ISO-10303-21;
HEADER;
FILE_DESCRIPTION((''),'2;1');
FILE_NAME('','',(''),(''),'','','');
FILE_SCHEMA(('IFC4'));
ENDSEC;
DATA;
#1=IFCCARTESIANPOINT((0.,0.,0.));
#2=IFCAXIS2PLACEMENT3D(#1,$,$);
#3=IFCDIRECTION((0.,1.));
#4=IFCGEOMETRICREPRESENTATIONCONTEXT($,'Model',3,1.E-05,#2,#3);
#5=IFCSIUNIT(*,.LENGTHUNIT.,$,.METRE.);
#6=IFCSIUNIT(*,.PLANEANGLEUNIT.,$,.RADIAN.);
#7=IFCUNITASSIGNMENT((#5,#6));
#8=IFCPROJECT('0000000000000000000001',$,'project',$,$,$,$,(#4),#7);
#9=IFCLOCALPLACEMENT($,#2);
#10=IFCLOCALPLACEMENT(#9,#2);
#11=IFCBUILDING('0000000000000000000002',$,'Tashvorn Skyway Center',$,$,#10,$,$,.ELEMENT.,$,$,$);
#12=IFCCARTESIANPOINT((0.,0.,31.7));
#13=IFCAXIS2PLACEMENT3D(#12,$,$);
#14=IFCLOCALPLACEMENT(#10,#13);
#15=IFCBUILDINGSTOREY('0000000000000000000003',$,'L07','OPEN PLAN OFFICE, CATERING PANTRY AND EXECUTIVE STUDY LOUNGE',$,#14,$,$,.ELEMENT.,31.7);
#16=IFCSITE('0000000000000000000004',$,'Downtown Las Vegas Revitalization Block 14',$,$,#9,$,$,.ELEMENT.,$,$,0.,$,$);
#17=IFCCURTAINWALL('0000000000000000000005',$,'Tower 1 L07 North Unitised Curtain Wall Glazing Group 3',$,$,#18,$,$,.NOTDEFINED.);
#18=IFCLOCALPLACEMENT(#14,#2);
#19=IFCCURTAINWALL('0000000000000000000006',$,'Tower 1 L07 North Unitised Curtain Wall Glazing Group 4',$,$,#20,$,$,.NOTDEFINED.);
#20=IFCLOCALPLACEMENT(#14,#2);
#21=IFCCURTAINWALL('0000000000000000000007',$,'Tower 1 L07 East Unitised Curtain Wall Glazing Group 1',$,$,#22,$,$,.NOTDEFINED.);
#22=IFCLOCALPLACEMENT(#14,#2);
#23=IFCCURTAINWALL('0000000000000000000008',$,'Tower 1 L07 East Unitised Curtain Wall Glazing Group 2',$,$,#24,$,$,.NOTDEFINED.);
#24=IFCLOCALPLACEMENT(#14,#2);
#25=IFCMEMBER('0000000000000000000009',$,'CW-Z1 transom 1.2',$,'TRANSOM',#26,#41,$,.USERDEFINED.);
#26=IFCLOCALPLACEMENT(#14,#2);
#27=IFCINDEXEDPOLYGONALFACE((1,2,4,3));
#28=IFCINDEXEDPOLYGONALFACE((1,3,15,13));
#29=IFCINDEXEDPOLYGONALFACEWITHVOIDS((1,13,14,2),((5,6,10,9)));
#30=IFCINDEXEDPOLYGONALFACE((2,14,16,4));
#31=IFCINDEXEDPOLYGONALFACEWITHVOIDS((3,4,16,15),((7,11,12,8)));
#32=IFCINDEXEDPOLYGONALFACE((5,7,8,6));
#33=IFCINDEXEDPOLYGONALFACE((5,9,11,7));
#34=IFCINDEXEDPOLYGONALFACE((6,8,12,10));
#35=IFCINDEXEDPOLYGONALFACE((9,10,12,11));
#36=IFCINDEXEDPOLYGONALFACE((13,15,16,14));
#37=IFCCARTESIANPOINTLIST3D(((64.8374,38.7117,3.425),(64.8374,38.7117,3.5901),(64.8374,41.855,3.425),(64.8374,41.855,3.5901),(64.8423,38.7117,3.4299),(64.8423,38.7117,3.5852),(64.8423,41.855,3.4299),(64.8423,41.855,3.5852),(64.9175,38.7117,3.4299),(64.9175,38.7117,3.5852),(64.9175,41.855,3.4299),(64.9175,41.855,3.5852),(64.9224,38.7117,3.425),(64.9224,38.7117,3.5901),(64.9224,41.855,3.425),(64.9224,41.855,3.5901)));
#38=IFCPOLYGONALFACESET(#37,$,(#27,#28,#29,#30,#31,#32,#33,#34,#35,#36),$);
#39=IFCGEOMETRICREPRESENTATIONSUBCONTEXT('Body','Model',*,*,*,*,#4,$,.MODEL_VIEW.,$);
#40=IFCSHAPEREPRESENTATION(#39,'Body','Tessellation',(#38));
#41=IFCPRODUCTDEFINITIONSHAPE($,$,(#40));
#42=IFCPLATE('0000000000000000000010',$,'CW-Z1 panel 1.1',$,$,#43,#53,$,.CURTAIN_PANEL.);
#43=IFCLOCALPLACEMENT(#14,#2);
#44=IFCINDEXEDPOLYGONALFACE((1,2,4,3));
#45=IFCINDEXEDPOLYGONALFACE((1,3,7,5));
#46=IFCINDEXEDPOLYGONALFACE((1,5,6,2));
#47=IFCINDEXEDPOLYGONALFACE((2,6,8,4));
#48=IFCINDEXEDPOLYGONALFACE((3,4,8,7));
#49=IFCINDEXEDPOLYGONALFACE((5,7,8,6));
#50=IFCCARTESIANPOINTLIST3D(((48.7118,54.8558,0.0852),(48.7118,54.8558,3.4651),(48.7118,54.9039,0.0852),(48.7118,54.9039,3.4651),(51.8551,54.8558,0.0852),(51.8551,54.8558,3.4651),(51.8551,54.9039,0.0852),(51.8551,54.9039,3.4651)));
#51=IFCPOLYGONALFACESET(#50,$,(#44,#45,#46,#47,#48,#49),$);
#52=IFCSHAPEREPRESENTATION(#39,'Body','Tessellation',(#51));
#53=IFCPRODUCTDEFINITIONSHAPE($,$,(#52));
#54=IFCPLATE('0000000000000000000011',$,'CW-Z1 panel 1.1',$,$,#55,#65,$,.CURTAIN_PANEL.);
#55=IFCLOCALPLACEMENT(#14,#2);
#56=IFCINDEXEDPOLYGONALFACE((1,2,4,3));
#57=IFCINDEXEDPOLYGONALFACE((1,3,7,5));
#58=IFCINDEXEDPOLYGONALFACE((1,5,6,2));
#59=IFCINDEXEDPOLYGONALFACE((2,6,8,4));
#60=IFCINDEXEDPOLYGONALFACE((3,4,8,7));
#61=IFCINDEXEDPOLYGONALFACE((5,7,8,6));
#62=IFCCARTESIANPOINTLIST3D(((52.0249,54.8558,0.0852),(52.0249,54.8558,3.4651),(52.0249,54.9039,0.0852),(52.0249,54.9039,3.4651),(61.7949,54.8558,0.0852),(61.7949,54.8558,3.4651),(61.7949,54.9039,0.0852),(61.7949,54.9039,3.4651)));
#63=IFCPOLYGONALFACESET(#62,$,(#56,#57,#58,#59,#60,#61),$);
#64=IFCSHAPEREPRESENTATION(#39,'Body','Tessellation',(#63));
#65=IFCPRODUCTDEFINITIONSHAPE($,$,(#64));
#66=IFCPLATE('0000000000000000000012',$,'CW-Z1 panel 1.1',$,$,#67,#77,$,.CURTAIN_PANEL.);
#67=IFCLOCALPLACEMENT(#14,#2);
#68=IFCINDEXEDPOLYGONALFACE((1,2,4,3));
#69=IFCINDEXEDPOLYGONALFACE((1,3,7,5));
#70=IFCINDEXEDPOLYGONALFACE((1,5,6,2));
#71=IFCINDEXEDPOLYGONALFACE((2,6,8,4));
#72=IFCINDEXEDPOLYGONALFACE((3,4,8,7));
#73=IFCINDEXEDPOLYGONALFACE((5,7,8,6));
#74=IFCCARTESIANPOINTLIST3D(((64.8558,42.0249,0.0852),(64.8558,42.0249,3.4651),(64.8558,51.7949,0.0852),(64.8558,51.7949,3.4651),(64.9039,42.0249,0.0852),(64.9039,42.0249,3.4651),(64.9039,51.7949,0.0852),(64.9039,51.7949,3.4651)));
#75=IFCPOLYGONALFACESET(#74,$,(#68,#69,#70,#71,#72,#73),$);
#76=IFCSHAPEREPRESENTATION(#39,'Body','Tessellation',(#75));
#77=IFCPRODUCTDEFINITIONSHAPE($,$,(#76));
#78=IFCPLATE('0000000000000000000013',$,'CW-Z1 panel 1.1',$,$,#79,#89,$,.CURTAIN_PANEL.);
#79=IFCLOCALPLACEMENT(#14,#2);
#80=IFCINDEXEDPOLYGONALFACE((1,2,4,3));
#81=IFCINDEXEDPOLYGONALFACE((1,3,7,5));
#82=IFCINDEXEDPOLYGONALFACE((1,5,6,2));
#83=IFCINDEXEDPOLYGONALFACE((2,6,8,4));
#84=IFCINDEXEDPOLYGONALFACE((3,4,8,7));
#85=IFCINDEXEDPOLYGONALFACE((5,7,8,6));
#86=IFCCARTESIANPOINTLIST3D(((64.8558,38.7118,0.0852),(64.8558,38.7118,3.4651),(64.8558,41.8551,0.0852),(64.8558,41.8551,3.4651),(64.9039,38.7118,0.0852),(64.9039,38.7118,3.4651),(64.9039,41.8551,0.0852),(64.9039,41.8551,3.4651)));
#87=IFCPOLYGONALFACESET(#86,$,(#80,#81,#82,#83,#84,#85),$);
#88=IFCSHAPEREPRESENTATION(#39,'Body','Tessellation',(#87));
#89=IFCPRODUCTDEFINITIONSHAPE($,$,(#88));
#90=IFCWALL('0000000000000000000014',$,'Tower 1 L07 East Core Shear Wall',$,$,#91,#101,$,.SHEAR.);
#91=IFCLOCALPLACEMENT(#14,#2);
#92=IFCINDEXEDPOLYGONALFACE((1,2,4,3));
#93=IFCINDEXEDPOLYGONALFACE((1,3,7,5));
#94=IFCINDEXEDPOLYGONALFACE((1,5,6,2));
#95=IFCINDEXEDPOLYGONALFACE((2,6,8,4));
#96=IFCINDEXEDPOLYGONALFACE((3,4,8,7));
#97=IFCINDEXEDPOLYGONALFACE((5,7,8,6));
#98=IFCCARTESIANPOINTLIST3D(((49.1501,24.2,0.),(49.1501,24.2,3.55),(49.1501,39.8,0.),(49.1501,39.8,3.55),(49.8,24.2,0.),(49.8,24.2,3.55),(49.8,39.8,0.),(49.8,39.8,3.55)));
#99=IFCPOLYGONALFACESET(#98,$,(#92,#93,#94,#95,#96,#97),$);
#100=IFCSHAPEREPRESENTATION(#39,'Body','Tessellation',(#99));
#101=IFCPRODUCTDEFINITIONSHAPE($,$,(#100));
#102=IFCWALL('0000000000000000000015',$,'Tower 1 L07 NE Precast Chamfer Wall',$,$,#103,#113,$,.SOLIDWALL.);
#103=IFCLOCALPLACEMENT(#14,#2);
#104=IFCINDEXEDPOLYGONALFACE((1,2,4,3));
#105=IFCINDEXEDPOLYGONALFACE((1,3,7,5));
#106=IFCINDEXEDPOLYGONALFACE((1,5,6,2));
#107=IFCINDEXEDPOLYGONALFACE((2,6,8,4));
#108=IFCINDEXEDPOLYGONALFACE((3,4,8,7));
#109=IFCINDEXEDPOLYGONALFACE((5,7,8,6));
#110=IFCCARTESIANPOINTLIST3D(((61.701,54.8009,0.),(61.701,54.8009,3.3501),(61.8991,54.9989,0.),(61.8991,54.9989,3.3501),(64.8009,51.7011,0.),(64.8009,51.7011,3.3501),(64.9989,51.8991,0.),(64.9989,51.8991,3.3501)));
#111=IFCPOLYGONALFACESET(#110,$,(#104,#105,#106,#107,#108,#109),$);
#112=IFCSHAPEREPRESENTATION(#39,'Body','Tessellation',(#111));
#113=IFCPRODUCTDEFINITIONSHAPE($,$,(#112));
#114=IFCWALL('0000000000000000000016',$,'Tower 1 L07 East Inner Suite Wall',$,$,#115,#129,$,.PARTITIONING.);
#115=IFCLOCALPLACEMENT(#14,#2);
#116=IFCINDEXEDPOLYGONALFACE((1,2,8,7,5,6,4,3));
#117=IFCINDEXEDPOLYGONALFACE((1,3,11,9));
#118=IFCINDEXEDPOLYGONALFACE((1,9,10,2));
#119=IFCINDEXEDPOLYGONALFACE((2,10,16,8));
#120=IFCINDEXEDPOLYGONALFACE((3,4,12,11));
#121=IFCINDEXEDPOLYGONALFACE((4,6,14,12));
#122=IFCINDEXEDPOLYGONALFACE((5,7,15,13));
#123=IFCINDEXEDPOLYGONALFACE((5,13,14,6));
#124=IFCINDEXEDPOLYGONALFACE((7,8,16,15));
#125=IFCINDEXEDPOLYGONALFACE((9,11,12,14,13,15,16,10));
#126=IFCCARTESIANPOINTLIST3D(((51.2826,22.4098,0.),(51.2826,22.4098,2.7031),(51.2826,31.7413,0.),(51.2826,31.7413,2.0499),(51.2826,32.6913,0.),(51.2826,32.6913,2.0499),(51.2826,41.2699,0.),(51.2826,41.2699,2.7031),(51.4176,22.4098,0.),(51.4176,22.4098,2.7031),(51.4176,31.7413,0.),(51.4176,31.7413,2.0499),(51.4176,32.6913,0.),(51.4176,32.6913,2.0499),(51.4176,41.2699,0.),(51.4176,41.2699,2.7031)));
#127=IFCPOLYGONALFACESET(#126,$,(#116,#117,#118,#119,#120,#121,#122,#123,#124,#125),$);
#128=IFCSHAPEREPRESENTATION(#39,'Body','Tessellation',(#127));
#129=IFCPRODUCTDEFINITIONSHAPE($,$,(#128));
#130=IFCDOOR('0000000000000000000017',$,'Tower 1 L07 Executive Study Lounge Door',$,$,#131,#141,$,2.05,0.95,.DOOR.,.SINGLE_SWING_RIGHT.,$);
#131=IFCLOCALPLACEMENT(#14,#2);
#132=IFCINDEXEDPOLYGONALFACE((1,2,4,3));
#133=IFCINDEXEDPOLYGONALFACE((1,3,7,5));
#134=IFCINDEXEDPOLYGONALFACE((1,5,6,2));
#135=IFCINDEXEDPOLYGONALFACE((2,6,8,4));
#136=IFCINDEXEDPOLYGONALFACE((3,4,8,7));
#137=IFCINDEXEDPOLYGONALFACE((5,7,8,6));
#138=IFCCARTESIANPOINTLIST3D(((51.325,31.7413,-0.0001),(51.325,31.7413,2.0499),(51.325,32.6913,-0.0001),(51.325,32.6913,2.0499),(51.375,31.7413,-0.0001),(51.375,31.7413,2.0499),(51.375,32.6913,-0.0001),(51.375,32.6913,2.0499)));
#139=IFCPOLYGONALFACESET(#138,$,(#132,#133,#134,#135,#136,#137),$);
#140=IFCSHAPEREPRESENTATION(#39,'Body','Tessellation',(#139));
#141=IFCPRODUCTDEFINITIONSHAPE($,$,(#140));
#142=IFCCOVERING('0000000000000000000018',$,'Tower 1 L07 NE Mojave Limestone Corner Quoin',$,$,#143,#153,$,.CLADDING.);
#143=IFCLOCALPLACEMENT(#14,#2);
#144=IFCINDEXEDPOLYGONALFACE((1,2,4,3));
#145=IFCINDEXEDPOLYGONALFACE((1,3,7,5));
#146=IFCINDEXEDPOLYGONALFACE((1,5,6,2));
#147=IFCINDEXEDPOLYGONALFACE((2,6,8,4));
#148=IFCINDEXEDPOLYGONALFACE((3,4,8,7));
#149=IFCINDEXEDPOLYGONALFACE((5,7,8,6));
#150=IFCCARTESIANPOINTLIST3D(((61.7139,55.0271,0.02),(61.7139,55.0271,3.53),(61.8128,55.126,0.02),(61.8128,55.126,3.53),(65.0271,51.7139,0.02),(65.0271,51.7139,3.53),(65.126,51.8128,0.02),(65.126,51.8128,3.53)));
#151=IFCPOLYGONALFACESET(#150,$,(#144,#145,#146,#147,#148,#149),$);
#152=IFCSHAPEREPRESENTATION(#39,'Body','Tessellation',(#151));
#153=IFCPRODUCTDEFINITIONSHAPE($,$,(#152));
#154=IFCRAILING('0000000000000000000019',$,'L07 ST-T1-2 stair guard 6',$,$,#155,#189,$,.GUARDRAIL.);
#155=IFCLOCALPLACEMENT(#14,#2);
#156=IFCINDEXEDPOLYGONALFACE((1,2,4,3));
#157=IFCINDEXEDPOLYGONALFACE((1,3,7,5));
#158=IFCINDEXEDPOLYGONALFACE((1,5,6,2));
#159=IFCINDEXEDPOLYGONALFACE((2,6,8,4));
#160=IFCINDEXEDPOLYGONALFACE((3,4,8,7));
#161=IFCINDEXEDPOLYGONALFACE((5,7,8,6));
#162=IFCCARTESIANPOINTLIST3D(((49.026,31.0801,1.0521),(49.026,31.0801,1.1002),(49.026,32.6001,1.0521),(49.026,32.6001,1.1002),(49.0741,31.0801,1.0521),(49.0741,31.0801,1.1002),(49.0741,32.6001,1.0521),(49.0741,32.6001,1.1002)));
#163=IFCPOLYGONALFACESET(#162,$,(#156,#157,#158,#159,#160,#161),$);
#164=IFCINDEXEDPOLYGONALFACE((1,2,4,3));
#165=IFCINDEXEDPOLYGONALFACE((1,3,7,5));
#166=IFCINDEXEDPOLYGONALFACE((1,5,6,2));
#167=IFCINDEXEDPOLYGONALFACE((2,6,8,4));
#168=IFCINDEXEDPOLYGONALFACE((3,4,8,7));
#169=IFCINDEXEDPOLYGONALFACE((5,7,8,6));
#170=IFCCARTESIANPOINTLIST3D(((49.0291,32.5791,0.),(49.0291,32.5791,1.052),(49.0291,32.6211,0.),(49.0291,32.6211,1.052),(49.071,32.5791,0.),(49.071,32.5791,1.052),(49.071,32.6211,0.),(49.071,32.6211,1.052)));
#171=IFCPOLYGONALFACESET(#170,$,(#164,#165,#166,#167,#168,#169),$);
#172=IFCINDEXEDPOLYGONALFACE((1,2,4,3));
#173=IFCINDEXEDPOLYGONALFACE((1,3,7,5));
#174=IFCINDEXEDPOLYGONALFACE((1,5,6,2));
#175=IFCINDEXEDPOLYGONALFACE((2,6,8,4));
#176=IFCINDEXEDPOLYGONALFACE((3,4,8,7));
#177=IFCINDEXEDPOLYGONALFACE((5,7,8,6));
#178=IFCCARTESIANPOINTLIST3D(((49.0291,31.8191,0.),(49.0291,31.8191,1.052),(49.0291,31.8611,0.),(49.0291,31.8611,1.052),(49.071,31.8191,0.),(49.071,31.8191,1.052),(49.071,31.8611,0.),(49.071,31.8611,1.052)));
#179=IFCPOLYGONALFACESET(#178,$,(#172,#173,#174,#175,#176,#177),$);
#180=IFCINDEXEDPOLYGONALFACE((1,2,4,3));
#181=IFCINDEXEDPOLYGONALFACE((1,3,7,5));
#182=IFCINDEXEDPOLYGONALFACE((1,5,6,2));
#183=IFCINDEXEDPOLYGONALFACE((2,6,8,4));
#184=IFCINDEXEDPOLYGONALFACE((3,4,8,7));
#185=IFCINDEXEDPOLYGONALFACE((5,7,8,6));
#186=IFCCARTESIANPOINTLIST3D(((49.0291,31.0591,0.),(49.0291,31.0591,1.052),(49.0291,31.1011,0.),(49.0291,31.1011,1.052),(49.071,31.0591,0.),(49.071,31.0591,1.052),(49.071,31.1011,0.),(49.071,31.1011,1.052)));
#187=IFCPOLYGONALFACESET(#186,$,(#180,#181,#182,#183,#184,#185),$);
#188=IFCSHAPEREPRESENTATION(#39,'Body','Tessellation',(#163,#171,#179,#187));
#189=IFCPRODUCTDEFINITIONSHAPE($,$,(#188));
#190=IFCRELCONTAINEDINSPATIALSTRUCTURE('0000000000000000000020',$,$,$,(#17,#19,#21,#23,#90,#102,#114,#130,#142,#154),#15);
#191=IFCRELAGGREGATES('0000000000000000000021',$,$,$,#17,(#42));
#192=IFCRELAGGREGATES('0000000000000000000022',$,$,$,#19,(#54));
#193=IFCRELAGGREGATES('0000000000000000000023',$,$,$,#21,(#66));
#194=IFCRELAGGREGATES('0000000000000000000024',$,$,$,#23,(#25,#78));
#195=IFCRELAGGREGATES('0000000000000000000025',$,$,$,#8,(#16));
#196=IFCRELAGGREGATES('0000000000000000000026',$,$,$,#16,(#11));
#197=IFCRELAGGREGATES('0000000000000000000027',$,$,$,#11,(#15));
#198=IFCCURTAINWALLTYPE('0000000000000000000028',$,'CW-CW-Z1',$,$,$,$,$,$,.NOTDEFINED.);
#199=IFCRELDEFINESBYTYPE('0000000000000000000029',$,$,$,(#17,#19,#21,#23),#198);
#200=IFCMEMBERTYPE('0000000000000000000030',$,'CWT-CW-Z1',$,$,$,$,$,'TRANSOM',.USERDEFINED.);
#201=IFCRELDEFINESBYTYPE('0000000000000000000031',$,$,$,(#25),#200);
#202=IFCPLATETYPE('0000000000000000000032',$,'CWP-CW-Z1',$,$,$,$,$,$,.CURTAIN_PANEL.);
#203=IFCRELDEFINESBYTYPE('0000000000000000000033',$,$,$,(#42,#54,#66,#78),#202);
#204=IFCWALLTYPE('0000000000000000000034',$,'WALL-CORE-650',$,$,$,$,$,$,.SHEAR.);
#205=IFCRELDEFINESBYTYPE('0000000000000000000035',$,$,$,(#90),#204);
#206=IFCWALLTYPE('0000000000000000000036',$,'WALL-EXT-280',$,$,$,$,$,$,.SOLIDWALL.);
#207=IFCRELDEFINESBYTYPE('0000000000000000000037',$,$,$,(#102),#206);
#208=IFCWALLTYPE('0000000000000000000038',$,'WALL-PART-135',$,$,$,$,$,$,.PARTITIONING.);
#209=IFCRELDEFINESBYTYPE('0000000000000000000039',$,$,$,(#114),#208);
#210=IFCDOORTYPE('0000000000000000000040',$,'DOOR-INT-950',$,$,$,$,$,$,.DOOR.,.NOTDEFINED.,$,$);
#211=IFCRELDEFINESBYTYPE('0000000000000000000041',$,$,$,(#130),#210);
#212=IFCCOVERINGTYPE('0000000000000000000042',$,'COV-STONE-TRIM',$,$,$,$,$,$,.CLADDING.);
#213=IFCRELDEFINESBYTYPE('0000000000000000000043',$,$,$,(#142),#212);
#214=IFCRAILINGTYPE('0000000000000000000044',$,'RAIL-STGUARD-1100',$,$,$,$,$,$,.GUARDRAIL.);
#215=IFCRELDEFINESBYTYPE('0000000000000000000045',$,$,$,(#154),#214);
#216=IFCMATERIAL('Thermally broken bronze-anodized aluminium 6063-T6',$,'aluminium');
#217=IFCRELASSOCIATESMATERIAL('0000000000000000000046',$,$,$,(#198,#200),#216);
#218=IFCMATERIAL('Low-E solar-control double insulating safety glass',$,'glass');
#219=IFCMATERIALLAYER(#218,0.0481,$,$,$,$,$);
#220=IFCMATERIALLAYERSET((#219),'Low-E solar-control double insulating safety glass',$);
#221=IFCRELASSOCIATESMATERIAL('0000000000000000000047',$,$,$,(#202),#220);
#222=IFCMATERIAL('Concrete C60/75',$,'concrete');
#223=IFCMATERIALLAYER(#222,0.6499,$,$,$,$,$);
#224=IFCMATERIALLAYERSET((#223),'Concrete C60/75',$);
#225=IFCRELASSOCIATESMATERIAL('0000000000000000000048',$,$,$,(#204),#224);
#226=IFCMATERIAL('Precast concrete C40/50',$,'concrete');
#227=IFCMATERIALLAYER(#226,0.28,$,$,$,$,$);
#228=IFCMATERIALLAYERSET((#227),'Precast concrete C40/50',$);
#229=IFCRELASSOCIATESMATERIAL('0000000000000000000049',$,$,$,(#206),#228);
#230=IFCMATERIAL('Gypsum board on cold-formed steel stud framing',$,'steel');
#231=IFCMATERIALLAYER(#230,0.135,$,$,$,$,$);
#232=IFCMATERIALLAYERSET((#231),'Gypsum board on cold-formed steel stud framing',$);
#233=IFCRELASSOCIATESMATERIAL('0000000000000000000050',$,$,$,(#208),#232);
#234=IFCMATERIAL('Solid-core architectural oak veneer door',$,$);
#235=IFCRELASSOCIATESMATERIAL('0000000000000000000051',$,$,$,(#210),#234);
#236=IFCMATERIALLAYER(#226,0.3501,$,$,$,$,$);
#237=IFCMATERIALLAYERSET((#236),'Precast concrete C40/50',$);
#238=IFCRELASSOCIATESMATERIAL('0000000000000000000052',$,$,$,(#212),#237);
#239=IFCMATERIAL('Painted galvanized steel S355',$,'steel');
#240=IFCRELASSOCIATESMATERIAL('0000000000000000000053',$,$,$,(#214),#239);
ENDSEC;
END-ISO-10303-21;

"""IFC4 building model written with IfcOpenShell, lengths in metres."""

from ifc_helpers import new_model, si_unit, direction, frame, frame_2d, origin, origin_2d, place, context, subcontext, project, spatial, rectangle, hollow_rectangle, extrude, material, layer, layer_set, material_profile, profile_set, type_object, element, fill, aggregate, save


model = new_model("IFC4")

# Units and contexts
model_context = context("Model", 3, precision=1e-05, world=origin(), true_north=direction((0.0, 1.0)))
body_context = subcontext(model_context, "Body", "Model", "MODEL_VIEW")
ifc_project = project(units=[si_unit("LENGTHUNIT", "METRE"), si_unit("PLANEANGLEUNIT", "RADIAN")], contexts=[model_context])

# Site, building, storey
site_placement = place(None, origin())
site = spatial("IfcSite", under=ifc_project, at=site_placement, Name="Downtown Las Vegas Revitalization Block 14", CompositionType="ELEMENT", RefElevation=0.0)
building_placement = place(site_placement, origin())
building = spatial("IfcBuilding", under=site, at=building_placement, Name="Tashvorn Skyway Center", CompositionType="ELEMENT")
storey_placement = place(building_placement, frame((0.0, 0.0, 31.7)))
storey = spatial("IfcBuildingStorey", under=building, at=storey_placement, Name="L07", Description="OPEN PLAN OFFICE, CATERING PANTRY AND EXECUTIVE STUDY LOUNGE", CompositionType="ELEMENT", Elevation=31.7)

# Curtain wall
ifc_material_1 = material(Name="Thermally broken bronze-anodized aluminium 6063-T6", Category="aluminium")
curtain_wall_type = type_object("IfcCurtainWallType", Name="CW-CW-Z1", PredefinedType="NOTDEFINED", material=ifc_material_1)
curtain_wall_1_placement = place(storey_placement, origin())
curtain_wall_1 = element("IfcCurtainWall", 1, at=curtain_wall_1_placement, inside=storey, type_object=curtain_wall_type, Name="Tower 1 L07 North Unitised Curtain Wall Glazing Group 3", PredefinedType="NOTDEFINED")

# Curtain walls
curtain_wall_2_placement = place(storey_placement, origin())
curtain_wall_2 = element("IfcCurtainWall", 2, at=curtain_wall_2_placement, inside=storey, type_object=curtain_wall_type, Name="Tower 1 L07 North Unitised Curtain Wall Glazing Group 4", PredefinedType="NOTDEFINED")
curtain_wall_3_placement = place(storey_placement, origin())
curtain_wall_3 = element("IfcCurtainWall", 3, at=curtain_wall_3_placement, inside=storey, type_object=curtain_wall_type, Name="Tower 1 L07 East Unitised Curtain Wall Glazing Group 1", PredefinedType="NOTDEFINED")
curtain_wall_4_placement = place(storey_placement, origin())
curtain_wall_4 = element("IfcCurtainWall", 4, at=curtain_wall_4_placement, inside=storey, type_object=curtain_wall_type, Name="Tower 1 L07 East Unitised Curtain Wall Glazing Group 2", PredefinedType="NOTDEFINED")

# Member
ifc_material_profile_1 = material_profile(ifc_material_1, hollow_rectangle(XDim=0.085, YDim=0.165, WallThickness=0.0049, at=origin_2d()), Name="ALU-TRAN-85x165")
ifc_profile_set_1 = profile_set([ifc_material_profile_1], Name="Thermally broken bronze-anodized aluminium 6063-T6")
member_type_1 = type_object("IfcMemberType", Name="CWT-CW-Z1", ElementType="TRANSOM", PredefinedType="USERDEFINED", material=ifc_profile_set_1)
member_1_placement = place(storey_placement, frame((64.8799, 41.855, 3.5076), z_axis=(0.0, -1.0, 0.0), x_axis=(1.0, 0.0, 0.0)))
member_1 = element("IfcMember", 5, at=member_1_placement, type_object=member_type_1, Name="CW-Z1 transom 1.2", ObjectType="TRANSOM", PredefinedType="USERDEFINED", context=body_context, shape_type="SweptSolid", body=[
    extrude(hollow_rectangle(XDim=0.085, YDim=0.165, WallThickness=0.0049, at=origin_2d()), origin(), (0.0, 0.0, 1.0), 3.1433),
])

# Plates
ifc_material_2 = material(Name="Low-E solar-control double insulating safety glass", Category="glass")
ifc_layer_1 = layer(ifc_material_2, 0.0481)
ifc_layer_set_1 = layer_set([ifc_layer_1], Name="Low-E solar-control double insulating safety glass")
plate_type = type_object("IfcPlateType", Name="CWP-CW-Z1", PredefinedType="CURTAIN_PANEL", material=ifc_layer_set_1)
plate_1_placement = place(storey_placement, frame((50.2834, 54.8799, 0.0852), z_axis=(0.0, 0.0, 1.0), x_axis=(1.0, 0.0, 0.0)))
plate_1 = element("IfcPlate", 6, at=plate_1_placement, type_object=plate_type, Name="CW-Z1 panel 1.1", PredefinedType="CURTAIN_PANEL", context=body_context, shape_type="SweptSolid", body=[
    extrude(rectangle(XDim=3.1433, YDim=0.0481, at=origin_2d()), origin(), (0.0, 0.0, 1.0), 3.3799),
])
aggregate(curtain_wall_1, [plate_1])
plate_2_placement = place(storey_placement, frame((56.9099, 54.8799, 0.0852), z_axis=(0.0, 0.0, 1.0), x_axis=(1.0, 0.0, 0.0)))
plate_2 = element("IfcPlate", 7, at=plate_2_placement, type_object=plate_type, Name="CW-Z1 panel 1.1", PredefinedType="CURTAIN_PANEL", context=body_context, shape_type="SweptSolid", body=[
    extrude(rectangle(XDim=9.77, YDim=0.0481, at=origin_2d()), origin(), (0.0, 0.0, 1.0), 3.3799),
])
aggregate(curtain_wall_2, [plate_2])
plate_3_placement = place(storey_placement, frame((64.8799, 46.9099, 0.0852), z_axis=(0.0, 0.0, 1.0), x_axis=(0.0, -1.0, 0.0)))
plate_3 = element("IfcPlate", 8, at=plate_3_placement, type_object=plate_type, Name="CW-Z1 panel 1.1", PredefinedType="CURTAIN_PANEL", context=body_context, shape_type="SweptSolid", body=[
    extrude(rectangle(XDim=9.77, YDim=0.0481, at=origin_2d()), origin(), (0.0, 0.0, 1.0), 3.3799),
])
aggregate(curtain_wall_3, [plate_3])
plate_4_placement = place(storey_placement, frame((64.8799, 40.2834, 0.0852), z_axis=(0.0, 0.0, 1.0), x_axis=(0.0, -1.0, 0.0)))
plate_4 = element("IfcPlate", 9, at=plate_4_placement, type_object=plate_type, Name="CW-Z1 panel 1.1", PredefinedType="CURTAIN_PANEL", context=body_context, shape_type="SweptSolid", body=[
    extrude(rectangle(XDim=3.1433, YDim=0.0481, at=origin_2d()), origin(), (0.0, 0.0, 1.0), 3.3799),
])
aggregate(curtain_wall_4, [member_1, plate_4])

# Walls
ifc_material_3 = material(Name="Concrete C60/75", Category="concrete")
ifc_layer_2 = layer(ifc_material_3, 0.6499)
ifc_layer_set_2 = layer_set([ifc_layer_2], Name="Concrete C60/75")
wall_type_1 = type_object("IfcWallType", Name="WALL-CORE-650", PredefinedType="SHEAR", material=ifc_layer_set_2)
wall_1_placement = place(storey_placement, frame((49.4751, 39.8, 0.0), z_axis=(0.0, 0.0, 1.0), x_axis=(0.0, -1.0, 0.0)))
element("IfcWall", 10, at=wall_1_placement, inside=storey, type_object=wall_type_1, Name="Tower 1 L07 East Core Shear Wall", PredefinedType="SHEAR", context=body_context, shape_type="SweptSolid", body=[
    extrude(rectangle(XDim=15.6001, YDim=0.6499, at=frame_2d((7.8, 0.0))), origin(), (0.0, 0.0, 1.0), 3.55),
])
ifc_material_4 = material(Name="Precast concrete C40/50", Category="concrete")
ifc_layer_3 = layer(ifc_material_4, 0.28)
ifc_layer_set_3 = layer_set([ifc_layer_3], Name="Precast concrete C40/50")
wall_type_2 = type_object("IfcWallType", Name="WALL-EXT-280", PredefinedType="SOLIDWALL", material=ifc_layer_set_3)
wall_2_placement = place(storey_placement, frame((61.8, 54.8999, 0.0), z_axis=(0.0, 0.0, 1.0), x_axis=(0.707107, -0.707107, 0.0)))
element("IfcWall", 11, at=wall_2_placement, inside=storey, type_object=wall_type_2, Name="Tower 1 L07 NE Precast Chamfer Wall", PredefinedType="SOLIDWALL", context=body_context, shape_type="SweptSolid", body=[
    extrude(rectangle(XDim=4.3838, YDim=0.28, at=frame_2d((2.1919, 0.0))), origin(), (0.0, 0.0, 1.0), 3.3501),
])

# Wall, opening, door
ifc_material_5 = material(Name="Gypsum board on cold-formed steel stud framing", Category="steel")
ifc_layer_4 = layer(ifc_material_5, 0.135)
ifc_layer_set_4 = layer_set([ifc_layer_4], Name="Gypsum board on cold-formed steel stud framing")
wall_type_3 = type_object("IfcWallType", Name="WALL-PART-135", PredefinedType="PARTITIONING", material=ifc_layer_set_4)
wall_3_placement = place(storey_placement, frame((51.3501, 41.27, 0.0), z_axis=(0.0, 0.0, 1.0), x_axis=(0.0, -1.0, 0.0)))
wall_3 = element("IfcWall", 12, at=wall_3_placement, inside=storey, type_object=wall_type_3, Name="Tower 1 L07 East Inner Suite Wall", PredefinedType="PARTITIONING", context=body_context, shape_type="SweptSolid", body=[
    extrude(rectangle(XDim=18.8601, YDim=0.135, at=frame_2d((9.4302, 0.0))), origin(), (0.0, 0.0, 1.0), 2.7031),
])
opening_placement = place(wall_3_placement, frame((8.5786, 0.0, 0.0)))
opening = element("IfcOpeningElement", 13, at=opening_placement, cuts=wall_3, PredefinedType="OPENING", context=body_context, shape_type="SweptSolid", body=[
    extrude(rectangle(XDim=0.95, YDim=2.05, at=frame_2d((0.4751, 1.0249))), frame((0.0, 0.0774, 0.0), z_axis=(0.0, -1.0, 0.0), x_axis=(1.0, 0.0, 0.0)), (0.0, 0.0, 1.0), 0.155),
])
ifc_material_6 = material(Name="Solid-core architectural oak veneer door")
door_type = type_object("IfcDoorType", Name="DOOR-INT-950", OperationType="NOTDEFINED", PredefinedType="DOOR", material=ifc_material_6)
door_placement = place(opening_placement, origin())
door = element("IfcDoor", 14, at=door_placement, inside=storey, type_object=door_type, Name="Tower 1 L07 Executive Study Lounge Door", OperationType="SINGLE_SWING_RIGHT", OverallHeight=2.05, OverallWidth=0.95, PredefinedType="DOOR", context=body_context, shape_type="SweptSolid", body=[
    extrude(rectangle(XDim=0.95, YDim=2.05, at=frame_2d((0.4751, 1.0249))), frame((0.0, 0.0249, 0.0), z_axis=(0.0, -1.0, 0.0), x_axis=(1.0, 0.0, 0.0)), (0.0, 0.0, 1.0), 0.05),
])
fill(opening, door)

# Covering
ifc_layer_5 = layer(ifc_material_4, 0.3501)
ifc_layer_set_5 = layer_set([ifc_layer_5], Name="Precast concrete C40/50")
covering_type = type_object("IfcCoveringType", Name="COV-STONE-TRIM", PredefinedType="CLADDING", material=ifc_layer_set_5)
covering_placement = place(storey_placement, frame((63.4199, 53.4199, 0.02), z_axis=(0.0, 0.0, 1.0), x_axis=(0.707107, -0.707107, 0.0)))
element("IfcCovering", 15, at=covering_placement, inside=storey, type_object=covering_type, Name="Tower 1 L07 NE Mojave Limestone Corner Quoin", PredefinedType="CLADDING", context=body_context, shape_type="SweptSolid", body=[
    extrude(rectangle(XDim=4.6855, YDim=0.1399, at=origin_2d()), origin(), (0.0, 0.0, 1.0), 3.51),
])

# Railing
ifc_material_7 = material(Name="Painted galvanized steel S355", Category="steel")
railing_type = type_object("IfcRailingType", Name="RAIL-STGUARD-1100", PredefinedType="GUARDRAIL", material=ifc_material_7)
railing_placement = place(storey_placement, frame((49.05, 32.6001, 0.0)))
element("IfcRailing", 16, at=railing_placement, inside=storey, type_object=railing_type, Name="L07 ST-T1-2 stair guard 6", PredefinedType="GUARDRAIL", context=body_context, shape_type="SweptSolid", body=[
    extrude(rectangle(XDim=0.0481, YDim=0.0481, at=origin_2d()), frame((0.0, 0.0, 1.0762), z_axis=(0.0, -1.0, 0.0), x_axis=(1.0, 0.0, 0.0)), (0.0, 0.0, 1.0), 1.52),
    extrude(rectangle(XDim=0.042, YDim=0.042, at=origin_2d()), origin(), (0.0, 0.0, 1.0), 1.052),
    extrude(rectangle(XDim=0.042, YDim=0.042, at=origin_2d()), frame((0.0, -0.76, 0.0)), (0.0, 0.0, 1.0), 1.052),
    extrude(rectangle(XDim=0.042, YDim=0.042, at=origin_2d()), frame((0.0, -1.52, 0.0)), (0.0, 0.0, 1.0), 1.052),
])

save(model, "model.ifc")
